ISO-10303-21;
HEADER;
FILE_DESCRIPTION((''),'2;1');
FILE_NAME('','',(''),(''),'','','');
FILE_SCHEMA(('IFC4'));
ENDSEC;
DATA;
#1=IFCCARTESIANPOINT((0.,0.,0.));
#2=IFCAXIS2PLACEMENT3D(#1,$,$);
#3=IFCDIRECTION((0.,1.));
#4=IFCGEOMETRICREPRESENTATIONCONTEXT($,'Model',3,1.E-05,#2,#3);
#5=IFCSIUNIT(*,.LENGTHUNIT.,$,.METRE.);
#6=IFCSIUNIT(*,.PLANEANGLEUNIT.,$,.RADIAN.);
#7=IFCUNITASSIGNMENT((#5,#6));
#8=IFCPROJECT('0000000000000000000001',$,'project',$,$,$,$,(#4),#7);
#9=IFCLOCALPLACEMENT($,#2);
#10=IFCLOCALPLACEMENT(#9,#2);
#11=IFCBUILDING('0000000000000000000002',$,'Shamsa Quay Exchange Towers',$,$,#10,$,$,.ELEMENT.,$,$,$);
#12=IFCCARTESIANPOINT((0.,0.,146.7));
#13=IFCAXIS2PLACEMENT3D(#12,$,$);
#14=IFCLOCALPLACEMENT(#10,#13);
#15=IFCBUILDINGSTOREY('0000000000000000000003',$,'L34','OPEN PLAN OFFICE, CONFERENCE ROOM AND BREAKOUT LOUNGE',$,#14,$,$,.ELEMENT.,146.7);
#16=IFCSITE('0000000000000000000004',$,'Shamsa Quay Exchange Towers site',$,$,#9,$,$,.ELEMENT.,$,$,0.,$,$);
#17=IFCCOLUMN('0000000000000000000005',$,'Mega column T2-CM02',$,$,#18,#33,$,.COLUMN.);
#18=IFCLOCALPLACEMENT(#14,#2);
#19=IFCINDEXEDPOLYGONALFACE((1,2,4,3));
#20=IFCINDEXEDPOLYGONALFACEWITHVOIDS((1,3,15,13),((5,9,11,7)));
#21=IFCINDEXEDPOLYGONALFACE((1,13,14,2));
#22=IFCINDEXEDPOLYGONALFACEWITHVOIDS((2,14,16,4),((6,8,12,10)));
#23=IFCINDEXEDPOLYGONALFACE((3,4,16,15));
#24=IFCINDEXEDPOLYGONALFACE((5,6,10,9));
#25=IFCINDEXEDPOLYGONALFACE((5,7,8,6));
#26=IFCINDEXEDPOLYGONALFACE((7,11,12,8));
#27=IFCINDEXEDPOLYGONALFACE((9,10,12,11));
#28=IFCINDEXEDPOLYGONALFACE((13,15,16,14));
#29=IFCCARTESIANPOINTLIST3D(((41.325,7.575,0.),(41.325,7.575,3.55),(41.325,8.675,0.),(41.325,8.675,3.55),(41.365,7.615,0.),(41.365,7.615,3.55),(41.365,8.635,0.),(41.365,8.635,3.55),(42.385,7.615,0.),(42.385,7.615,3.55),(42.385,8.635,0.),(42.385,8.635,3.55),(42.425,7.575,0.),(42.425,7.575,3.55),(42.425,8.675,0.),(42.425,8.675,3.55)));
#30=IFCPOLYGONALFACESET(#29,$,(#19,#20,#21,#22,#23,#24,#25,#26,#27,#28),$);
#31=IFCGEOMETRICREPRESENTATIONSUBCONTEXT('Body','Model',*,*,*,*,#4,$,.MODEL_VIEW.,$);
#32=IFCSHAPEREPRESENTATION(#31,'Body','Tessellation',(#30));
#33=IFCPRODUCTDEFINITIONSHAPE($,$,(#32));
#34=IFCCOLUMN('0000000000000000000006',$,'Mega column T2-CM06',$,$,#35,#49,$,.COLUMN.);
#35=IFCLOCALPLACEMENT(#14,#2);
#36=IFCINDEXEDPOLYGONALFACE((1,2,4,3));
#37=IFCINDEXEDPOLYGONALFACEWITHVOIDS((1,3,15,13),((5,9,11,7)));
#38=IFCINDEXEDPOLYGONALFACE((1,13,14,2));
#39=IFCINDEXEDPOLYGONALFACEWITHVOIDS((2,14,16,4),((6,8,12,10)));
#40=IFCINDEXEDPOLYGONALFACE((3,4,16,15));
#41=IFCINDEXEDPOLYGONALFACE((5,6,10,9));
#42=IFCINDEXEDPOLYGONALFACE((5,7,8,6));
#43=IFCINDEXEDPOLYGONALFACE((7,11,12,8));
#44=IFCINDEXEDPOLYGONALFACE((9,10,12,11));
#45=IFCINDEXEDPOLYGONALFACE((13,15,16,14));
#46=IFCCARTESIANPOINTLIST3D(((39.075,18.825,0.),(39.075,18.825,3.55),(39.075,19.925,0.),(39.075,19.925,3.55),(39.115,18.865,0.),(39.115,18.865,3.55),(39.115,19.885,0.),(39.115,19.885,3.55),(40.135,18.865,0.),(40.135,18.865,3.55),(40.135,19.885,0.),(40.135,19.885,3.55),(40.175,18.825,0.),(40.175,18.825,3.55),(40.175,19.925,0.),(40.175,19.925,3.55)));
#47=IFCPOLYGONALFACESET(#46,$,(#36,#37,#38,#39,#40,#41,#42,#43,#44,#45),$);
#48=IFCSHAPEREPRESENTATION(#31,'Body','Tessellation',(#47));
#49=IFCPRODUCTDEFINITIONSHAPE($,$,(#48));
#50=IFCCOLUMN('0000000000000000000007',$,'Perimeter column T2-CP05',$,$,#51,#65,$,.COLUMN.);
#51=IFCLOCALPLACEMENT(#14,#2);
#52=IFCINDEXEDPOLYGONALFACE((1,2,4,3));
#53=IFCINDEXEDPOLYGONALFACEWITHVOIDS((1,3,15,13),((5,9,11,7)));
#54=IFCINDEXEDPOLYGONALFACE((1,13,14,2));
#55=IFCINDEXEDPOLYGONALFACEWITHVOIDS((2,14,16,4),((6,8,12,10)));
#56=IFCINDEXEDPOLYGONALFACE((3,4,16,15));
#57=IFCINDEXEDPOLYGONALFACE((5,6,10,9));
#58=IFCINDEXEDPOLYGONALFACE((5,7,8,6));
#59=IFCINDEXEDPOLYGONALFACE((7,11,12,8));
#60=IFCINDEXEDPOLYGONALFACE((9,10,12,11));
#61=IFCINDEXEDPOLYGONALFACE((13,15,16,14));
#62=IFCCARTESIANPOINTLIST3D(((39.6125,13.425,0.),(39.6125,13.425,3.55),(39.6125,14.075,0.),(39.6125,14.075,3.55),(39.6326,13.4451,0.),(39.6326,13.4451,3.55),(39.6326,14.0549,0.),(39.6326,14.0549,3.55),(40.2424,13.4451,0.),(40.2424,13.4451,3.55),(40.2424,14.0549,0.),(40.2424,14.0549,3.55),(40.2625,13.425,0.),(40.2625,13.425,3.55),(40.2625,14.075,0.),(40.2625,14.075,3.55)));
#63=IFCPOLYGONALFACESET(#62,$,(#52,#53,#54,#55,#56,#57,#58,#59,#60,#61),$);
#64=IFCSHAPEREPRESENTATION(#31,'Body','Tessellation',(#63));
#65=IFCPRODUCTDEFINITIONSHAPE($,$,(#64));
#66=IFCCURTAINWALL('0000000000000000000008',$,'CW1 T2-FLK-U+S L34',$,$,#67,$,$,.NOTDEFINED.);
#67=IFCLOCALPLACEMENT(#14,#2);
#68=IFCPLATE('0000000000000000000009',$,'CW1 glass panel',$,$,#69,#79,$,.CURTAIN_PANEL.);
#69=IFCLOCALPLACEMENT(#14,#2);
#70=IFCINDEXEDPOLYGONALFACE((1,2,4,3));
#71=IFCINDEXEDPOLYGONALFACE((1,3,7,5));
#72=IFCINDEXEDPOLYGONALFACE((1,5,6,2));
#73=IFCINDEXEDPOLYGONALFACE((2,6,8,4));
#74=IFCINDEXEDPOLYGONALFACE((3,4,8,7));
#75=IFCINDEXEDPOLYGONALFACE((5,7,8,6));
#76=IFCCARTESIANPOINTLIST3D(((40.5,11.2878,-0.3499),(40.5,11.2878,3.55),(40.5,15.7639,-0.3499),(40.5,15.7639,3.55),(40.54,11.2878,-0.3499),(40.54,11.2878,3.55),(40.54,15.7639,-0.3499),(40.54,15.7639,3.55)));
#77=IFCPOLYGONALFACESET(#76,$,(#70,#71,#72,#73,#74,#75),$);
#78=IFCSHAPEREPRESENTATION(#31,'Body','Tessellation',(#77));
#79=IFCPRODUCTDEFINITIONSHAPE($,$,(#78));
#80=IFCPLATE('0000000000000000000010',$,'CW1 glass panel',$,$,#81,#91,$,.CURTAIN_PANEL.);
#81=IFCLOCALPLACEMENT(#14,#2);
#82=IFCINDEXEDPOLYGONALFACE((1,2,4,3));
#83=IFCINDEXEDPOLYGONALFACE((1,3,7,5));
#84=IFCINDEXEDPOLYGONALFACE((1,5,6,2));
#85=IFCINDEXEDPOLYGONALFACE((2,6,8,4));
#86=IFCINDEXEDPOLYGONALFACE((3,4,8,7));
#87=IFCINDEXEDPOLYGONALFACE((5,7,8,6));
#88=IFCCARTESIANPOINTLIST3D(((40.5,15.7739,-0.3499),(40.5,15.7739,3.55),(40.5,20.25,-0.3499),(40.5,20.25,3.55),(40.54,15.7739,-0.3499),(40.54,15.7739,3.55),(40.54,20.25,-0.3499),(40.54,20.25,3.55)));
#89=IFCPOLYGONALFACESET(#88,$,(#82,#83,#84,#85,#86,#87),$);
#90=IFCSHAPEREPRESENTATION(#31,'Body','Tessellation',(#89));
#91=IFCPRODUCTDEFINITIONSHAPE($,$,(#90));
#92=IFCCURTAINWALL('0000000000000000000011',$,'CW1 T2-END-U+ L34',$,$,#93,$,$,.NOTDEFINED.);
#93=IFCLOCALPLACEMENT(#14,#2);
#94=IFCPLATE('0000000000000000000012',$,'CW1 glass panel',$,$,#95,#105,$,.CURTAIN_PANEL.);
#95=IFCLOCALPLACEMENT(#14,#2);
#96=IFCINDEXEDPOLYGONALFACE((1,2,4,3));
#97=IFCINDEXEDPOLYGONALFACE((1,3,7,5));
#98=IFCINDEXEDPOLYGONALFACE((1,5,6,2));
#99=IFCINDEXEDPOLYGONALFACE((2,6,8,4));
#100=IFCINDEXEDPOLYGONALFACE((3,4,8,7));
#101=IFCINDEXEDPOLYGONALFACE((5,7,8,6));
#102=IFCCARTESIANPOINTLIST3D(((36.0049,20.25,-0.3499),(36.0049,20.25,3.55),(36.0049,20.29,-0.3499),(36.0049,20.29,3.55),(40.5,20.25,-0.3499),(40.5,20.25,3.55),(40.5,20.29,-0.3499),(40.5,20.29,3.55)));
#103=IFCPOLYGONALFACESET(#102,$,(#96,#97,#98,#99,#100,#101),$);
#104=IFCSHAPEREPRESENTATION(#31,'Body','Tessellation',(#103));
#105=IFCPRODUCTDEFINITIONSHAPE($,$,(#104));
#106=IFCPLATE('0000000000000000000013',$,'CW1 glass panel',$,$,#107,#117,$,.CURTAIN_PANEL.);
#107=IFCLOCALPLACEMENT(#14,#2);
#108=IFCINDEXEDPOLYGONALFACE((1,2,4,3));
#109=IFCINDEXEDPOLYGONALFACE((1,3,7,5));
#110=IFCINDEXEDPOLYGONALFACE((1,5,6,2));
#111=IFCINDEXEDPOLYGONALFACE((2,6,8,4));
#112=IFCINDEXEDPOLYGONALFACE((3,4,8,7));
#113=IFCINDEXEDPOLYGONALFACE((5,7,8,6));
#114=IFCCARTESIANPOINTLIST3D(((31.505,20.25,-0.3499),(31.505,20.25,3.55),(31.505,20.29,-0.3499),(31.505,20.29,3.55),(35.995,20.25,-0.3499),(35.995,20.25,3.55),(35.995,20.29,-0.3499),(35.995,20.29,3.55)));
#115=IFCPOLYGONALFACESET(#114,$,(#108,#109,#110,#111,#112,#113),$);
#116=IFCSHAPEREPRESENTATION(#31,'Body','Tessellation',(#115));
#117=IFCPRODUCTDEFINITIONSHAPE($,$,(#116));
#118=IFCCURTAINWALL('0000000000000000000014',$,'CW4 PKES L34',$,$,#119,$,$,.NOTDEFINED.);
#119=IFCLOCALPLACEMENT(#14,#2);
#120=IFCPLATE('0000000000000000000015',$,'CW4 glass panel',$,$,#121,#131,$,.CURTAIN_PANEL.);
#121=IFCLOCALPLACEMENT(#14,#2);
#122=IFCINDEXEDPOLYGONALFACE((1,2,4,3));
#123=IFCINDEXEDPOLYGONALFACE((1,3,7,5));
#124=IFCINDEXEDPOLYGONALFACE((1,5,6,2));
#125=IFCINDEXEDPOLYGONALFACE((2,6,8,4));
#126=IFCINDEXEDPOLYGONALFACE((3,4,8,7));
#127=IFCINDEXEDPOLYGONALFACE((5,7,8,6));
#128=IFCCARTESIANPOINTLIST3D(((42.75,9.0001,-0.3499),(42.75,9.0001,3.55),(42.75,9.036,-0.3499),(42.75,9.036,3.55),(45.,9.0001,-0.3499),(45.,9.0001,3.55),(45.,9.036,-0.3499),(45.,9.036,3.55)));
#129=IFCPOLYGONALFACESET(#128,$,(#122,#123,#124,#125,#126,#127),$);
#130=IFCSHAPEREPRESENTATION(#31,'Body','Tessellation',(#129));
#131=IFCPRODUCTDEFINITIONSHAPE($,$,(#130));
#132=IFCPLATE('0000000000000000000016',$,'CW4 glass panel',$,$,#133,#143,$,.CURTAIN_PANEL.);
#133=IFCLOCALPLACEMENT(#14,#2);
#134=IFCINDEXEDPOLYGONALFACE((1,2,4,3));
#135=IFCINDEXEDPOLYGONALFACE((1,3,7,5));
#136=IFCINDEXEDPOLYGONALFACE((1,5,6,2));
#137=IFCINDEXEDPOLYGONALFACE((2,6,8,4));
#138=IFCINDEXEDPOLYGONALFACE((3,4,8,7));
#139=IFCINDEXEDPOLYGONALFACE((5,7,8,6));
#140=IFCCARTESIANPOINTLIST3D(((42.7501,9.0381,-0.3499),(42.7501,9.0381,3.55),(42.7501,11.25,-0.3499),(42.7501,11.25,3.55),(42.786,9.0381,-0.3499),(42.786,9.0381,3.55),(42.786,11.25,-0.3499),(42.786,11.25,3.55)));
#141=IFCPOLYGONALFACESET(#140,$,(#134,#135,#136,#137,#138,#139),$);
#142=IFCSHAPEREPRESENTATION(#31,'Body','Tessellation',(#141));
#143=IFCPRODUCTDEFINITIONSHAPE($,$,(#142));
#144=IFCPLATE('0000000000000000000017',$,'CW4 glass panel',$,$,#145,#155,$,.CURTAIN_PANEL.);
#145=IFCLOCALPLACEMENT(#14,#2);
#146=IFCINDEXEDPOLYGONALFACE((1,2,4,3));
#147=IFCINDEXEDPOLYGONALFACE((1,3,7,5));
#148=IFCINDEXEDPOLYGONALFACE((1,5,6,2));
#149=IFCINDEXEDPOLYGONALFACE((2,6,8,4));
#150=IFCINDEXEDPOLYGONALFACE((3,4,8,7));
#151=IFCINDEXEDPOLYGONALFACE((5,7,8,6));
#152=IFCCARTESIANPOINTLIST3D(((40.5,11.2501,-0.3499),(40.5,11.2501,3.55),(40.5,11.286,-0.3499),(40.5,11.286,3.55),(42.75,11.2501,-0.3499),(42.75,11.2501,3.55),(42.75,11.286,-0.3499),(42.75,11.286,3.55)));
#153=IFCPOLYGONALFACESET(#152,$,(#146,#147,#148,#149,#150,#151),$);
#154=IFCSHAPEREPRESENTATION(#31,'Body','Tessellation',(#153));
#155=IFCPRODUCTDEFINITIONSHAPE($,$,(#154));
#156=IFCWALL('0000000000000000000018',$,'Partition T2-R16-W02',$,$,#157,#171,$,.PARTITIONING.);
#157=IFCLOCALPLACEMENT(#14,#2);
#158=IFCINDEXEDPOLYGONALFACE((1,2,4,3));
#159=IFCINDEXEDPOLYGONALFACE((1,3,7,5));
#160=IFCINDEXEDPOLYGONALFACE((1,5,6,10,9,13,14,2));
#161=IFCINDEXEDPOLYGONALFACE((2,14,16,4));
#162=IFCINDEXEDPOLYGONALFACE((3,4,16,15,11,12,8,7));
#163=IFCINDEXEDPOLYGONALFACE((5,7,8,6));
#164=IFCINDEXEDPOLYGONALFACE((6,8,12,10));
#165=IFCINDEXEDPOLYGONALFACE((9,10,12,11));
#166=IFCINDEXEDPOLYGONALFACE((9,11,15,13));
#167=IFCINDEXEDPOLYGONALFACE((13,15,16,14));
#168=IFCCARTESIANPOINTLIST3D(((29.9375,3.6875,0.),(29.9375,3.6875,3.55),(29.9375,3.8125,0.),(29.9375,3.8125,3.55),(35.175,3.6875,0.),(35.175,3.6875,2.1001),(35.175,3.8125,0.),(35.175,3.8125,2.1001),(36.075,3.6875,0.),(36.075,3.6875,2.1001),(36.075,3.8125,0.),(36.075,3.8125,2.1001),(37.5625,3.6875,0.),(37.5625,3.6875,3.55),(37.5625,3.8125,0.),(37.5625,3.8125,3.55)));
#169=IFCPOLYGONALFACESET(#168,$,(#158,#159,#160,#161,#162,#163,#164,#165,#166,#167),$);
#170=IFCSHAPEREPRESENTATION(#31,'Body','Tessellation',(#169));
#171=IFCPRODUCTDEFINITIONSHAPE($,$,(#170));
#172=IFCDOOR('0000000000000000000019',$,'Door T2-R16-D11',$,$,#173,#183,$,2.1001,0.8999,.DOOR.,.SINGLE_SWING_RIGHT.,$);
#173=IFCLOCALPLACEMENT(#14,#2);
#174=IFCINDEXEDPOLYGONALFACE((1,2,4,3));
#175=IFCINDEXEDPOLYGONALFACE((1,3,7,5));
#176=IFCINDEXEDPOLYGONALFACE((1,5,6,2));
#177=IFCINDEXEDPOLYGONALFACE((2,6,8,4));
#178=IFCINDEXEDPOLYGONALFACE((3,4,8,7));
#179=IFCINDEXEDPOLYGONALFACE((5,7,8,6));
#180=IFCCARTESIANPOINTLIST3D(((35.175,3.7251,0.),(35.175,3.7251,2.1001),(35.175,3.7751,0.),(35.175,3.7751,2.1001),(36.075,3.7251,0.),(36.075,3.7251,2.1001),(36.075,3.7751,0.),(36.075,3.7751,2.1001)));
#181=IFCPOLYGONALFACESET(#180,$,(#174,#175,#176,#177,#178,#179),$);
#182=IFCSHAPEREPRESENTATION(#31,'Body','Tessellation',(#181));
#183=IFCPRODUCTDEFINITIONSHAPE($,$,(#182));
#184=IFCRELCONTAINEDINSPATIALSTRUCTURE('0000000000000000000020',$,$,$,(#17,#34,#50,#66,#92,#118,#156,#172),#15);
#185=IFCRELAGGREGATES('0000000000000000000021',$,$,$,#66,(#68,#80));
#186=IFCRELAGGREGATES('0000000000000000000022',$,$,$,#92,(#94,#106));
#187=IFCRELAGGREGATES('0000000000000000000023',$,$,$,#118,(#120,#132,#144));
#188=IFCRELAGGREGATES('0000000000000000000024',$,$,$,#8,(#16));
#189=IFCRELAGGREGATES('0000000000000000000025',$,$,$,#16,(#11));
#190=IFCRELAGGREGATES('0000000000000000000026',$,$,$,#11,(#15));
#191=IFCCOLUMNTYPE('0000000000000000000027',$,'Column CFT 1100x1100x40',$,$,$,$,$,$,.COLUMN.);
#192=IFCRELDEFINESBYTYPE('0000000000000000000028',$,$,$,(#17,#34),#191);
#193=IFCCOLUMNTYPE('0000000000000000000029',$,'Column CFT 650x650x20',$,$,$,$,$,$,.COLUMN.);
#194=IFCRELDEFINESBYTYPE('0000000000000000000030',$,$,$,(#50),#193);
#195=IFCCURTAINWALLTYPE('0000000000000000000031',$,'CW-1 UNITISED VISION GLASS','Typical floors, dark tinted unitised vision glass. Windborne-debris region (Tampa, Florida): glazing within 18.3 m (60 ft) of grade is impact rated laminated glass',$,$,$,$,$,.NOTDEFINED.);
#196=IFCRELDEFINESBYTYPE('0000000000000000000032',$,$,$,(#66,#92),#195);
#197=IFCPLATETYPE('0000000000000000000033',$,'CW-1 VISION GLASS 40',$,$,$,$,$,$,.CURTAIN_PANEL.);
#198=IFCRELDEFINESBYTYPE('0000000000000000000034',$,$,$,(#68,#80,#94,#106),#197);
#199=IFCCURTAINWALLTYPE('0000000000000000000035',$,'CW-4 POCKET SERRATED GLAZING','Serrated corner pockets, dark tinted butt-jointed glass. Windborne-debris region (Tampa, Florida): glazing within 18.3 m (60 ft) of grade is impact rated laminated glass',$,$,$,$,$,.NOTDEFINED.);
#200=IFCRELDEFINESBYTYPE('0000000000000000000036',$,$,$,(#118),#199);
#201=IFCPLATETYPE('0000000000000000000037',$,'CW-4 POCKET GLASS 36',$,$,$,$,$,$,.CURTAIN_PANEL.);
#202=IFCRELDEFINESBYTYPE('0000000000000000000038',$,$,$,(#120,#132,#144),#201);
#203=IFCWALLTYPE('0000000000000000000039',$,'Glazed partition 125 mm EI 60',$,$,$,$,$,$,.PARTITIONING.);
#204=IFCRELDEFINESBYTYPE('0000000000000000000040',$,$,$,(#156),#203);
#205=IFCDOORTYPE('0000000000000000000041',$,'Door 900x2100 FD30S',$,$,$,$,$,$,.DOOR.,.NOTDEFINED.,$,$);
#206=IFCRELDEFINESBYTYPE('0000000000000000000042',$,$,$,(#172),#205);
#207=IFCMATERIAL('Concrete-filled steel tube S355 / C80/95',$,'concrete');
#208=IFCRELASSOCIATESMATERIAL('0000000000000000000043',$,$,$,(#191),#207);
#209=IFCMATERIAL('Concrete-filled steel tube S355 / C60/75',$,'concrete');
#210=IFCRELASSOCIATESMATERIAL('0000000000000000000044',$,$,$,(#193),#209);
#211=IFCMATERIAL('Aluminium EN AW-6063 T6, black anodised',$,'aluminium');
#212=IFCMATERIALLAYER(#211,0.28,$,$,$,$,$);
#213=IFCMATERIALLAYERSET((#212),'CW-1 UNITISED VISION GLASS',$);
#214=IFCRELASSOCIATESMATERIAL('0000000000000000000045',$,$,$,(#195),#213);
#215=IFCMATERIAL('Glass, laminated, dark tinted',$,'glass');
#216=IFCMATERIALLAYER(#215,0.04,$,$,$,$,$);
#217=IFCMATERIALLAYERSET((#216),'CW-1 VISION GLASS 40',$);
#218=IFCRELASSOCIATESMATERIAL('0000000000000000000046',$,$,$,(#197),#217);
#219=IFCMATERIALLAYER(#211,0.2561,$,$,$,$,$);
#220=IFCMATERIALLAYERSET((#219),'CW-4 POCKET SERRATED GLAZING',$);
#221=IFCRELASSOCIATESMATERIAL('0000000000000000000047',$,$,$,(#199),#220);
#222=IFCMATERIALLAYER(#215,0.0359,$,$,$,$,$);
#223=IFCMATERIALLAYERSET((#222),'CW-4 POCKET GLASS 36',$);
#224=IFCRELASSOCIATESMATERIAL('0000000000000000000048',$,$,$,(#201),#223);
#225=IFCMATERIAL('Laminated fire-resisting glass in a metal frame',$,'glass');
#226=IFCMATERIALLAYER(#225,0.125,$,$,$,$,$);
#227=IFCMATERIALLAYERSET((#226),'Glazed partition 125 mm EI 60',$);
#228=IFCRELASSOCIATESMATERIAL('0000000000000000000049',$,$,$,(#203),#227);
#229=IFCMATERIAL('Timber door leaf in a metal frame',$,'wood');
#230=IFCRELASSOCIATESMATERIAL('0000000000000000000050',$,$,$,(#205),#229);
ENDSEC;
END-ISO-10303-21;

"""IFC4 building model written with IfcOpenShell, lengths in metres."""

from ifc_helpers import new_model, si_unit, direction, frame, frame_2d, origin, origin_2d, place, context, subcontext, project, spatial, rectangle, hollow_rectangle, extrude, material, layer, layer_set, material_profile, profile_set, type_object, element, fill, aggregate, save


model = new_model("IFC4")

# Units and contexts
model_context = context("Model", 3, precision=1e-05, world=origin(), true_north=direction((0.0, 1.0)))
body_context = subcontext(model_context, "Body", "Model", "MODEL_VIEW")
ifc_project = project(units=[si_unit("LENGTHUNIT", "METRE"), si_unit("PLANEANGLEUNIT", "RADIAN")], contexts=[model_context])

# Site, building, storey
site_placement = place(None, origin())
site = spatial("IfcSite", under=ifc_project, at=site_placement, Name="Shamsa Quay Exchange Towers site", CompositionType="ELEMENT", RefElevation=0.0)
building_placement = place(site_placement, origin())
building = spatial("IfcBuilding", under=site, at=building_placement, Name="Shamsa Quay Exchange Towers", CompositionType="ELEMENT")
storey_placement = place(building_placement, frame((0.0, 0.0, 146.7)))
storey = spatial("IfcBuildingStorey", under=building, at=storey_placement, Name="L34", Description="OPEN PLAN OFFICE, CONFERENCE ROOM AND BREAKOUT LOUNGE", CompositionType="ELEMENT", Elevation=146.7)

# Columns
ifc_material_1 = material(Name="Concrete-filled steel tube S355 / C80/95", Category="concrete")
ifc_material_profile_1 = material_profile(ifc_material_1, hollow_rectangle(XDim=1.1001, YDim=1.1001, WallThickness=0.04, at=origin_2d()), Name="CFT 1100x1100x40")
ifc_profile_set_1 = profile_set([ifc_material_profile_1], Name="Concrete-filled steel tube S355 / C80/95")
column_type_1 = type_object("IfcColumnType", Name="Column CFT 1100x1100x40", PredefinedType="COLUMN", material=ifc_profile_set_1)
for number, where, name in (
    (1, (41.875, 8.125, 0.0), "Mega column T2-CM02"),
    (2, (39.625, 19.375, 0.0), "Mega column T2-CM06"),
):
    element("IfcColumn", number, at=place(storey_placement, frame(where)), inside=storey, type_object=column_type_1, Name=name, PredefinedType="COLUMN", context=body_context, shape_type="SweptSolid", body=[
        extrude(hollow_rectangle(XDim=1.1001, YDim=1.1001, WallThickness=0.04, at=origin_2d()), origin(), (0.0, 0.0, 1.0), 3.55),
    ])
ifc_material_2 = material(Name="Concrete-filled steel tube S355 / C60/75", Category="concrete")
ifc_material_profile_2 = material_profile(ifc_material_2, hollow_rectangle(XDim=0.6499, YDim=0.6499, WallThickness=0.02, at=origin_2d()), Name="CFT 650x650x20")
ifc_profile_set_2 = profile_set([ifc_material_profile_2], Name="Concrete-filled steel tube S355 / C60/75")
column_type_2 = type_object("IfcColumnType", Name="Column CFT 650x650x20", PredefinedType="COLUMN", material=ifc_profile_set_2)
column_placement = place(storey_placement, frame((39.9375, 13.75, 0.0)))
element("IfcColumn", 3, at=column_placement, inside=storey, type_object=column_type_2, Name="Perimeter column T2-CP05", PredefinedType="COLUMN", context=body_context, shape_type="SweptSolid", body=[
    extrude(hollow_rectangle(XDim=0.6499, YDim=0.6499, WallThickness=0.02, at=origin_2d()), origin(), (0.0, 0.0, 1.0), 3.55),
])

# Curtain walls, plates
ifc_material_3 = material(Name="Aluminium EN AW-6063 T6, black anodised", Category="aluminium")
ifc_layer_1 = layer(ifc_material_3, 0.28)
ifc_layer_set_1 = layer_set([ifc_layer_1], Name="CW-1 UNITISED VISION GLASS")
curtain_wall_type_1 = type_object("IfcCurtainWallType", Name="CW-1 UNITISED VISION GLASS", Description="Typical floors, dark tinted unitised vision glass. Windborne-debris region (Tampa, Florida): glazing within 18.3 m (60 ft) of grade is impact rated laminated glass", PredefinedType="NOTDEFINED", material=ifc_layer_set_1)
curtain_wall_1_placement = place(storey_placement, origin())
curtain_wall_1 = element("IfcCurtainWall", 4, at=curtain_wall_1_placement, inside=storey, type_object=curtain_wall_type_1, Name="CW1 T2-FLK-U+S L34", PredefinedType="NOTDEFINED")
ifc_material_4 = material(Name="Glass, laminated, dark tinted", Category="glass")
ifc_layer_2 = layer(ifc_material_4, 0.04)
ifc_layer_set_2 = layer_set([ifc_layer_2], Name="CW-1 VISION GLASS 40")
plate_type_1 = type_object("IfcPlateType", Name="CW-1 VISION GLASS 40", PredefinedType="CURTAIN_PANEL", material=ifc_layer_set_2)
plate_1_placement = place(storey_placement, frame((40.52, 13.5259, -0.3499), z_axis=(0.0, 0.0, 1.0), x_axis=(0.0, 1.0, 0.0)))
plate_1 = element("IfcPlate", 5, at=plate_1_placement, type_object=plate_type_1, Name="CW1 glass panel", PredefinedType="CURTAIN_PANEL", context=body_context, shape_type="SweptSolid", body=[
    extrude(rectangle(XDim=4.4761, YDim=0.04, at=origin_2d()), origin(), (0.0, 0.0, 1.0), 3.8999),
])
plate_2_placement = place(storey_placement, frame((40.52, 18.012, -0.3499), z_axis=(0.0, 0.0, 1.0), x_axis=(0.0, 1.0, 0.0)))
plate_2 = element("IfcPlate", 6, at=plate_2_placement, type_object=plate_type_1, Name="CW1 glass panel", PredefinedType="CURTAIN_PANEL", context=body_context, shape_type="SweptSolid", body=[
    extrude(rectangle(XDim=4.4761, YDim=0.04, at=origin_2d()), origin(), (0.0, 0.0, 1.0), 3.8999),
])
aggregate(curtain_wall_1, [plate_1, plate_2])
curtain_wall_2_placement = place(storey_placement, origin())
curtain_wall_2 = element("IfcCurtainWall", 7, at=curtain_wall_2_placement, inside=storey, type_object=curtain_wall_type_1, Name="CW1 T2-END-U+ L34", PredefinedType="NOTDEFINED")
plate_3_placement = place(storey_placement, frame((38.2524, 20.27, -0.3499), z_axis=(0.0, 0.0, 1.0), x_axis=(-1.0, 0.0, 0.0)))
plate_3 = element("IfcPlate", 8, at=plate_3_placement, type_object=plate_type_1, Name="CW1 glass panel", PredefinedType="CURTAIN_PANEL", context=body_context, shape_type="SweptSolid", body=[
    extrude(rectangle(XDim=4.4951, YDim=0.04, at=origin_2d()), origin(), (0.0, 0.0, 1.0), 3.8999),
])
plate_4_placement = place(storey_placement, frame((33.75, 20.27, -0.3499), z_axis=(0.0, 0.0, 1.0), x_axis=(-1.0, 0.0, 0.0)))
plate_4 = element("IfcPlate", 9, at=plate_4_placement, type_object=plate_type_1, Name="CW1 glass panel", PredefinedType="CURTAIN_PANEL", context=body_context, shape_type="SweptSolid", body=[
    extrude(rectangle(XDim=4.49, YDim=0.04, at=origin_2d()), origin(), (0.0, 0.0, 1.0), 3.8999),
])
aggregate(curtain_wall_2, [plate_3, plate_4])
ifc_layer_3 = layer(ifc_material_3, 0.2561)
ifc_layer_set_3 = layer_set([ifc_layer_3], Name="CW-4 POCKET SERRATED GLAZING")
curtain_wall_type_2 = type_object("IfcCurtainWallType", Name="CW-4 POCKET SERRATED GLAZING", Description="Serrated corner pockets, dark tinted butt-jointed glass. Windborne-debris region (Tampa, Florida): glazing within 18.3 m (60 ft) of grade is impact rated laminated glass", PredefinedType="NOTDEFINED", material=ifc_layer_set_3)
curtain_wall_3_placement = place(storey_placement, origin())
curtain_wall_3 = element("IfcCurtainWall", 10, at=curtain_wall_3_placement, inside=storey, type_object=curtain_wall_type_2, Name="CW4 PKES L34", PredefinedType="NOTDEFINED")
ifc_layer_4 = layer(ifc_material_4, 0.0359)
ifc_layer_set_4 = layer_set([ifc_layer_4], Name="CW-4 POCKET GLASS 36")
plate_type_2 = type_object("IfcPlateType", Name="CW-4 POCKET GLASS 36", PredefinedType="CURTAIN_PANEL", material=ifc_layer_set_4)
plate_5_placement = place(storey_placement, frame((43.875, 9.0181, -0.3499), z_axis=(0.0, 0.0, 1.0), x_axis=(-1.0, 0.0, 0.0)))
plate_5 = element("IfcPlate", 11, at=plate_5_placement, type_object=plate_type_2, Name="CW4 glass panel", PredefinedType="CURTAIN_PANEL", context=body_context, shape_type="SweptSolid", body=[
    extrude(rectangle(XDim=2.25, YDim=0.0359, at=origin_2d()), origin(), (0.0, 0.0, 1.0), 3.8999),
])
plate_6_placement = place(storey_placement, frame((42.7681, 10.144, -0.3499), z_axis=(0.0, 0.0, 1.0), x_axis=(0.0, 1.0, 0.0)))
plate_6 = element("IfcPlate", 12, at=plate_6_placement, type_object=plate_type_2, Name="CW4 glass panel", PredefinedType="CURTAIN_PANEL", context=body_context, shape_type="SweptSolid", body=[
    extrude(rectangle(XDim=2.2119, YDim=0.0359, at=origin_2d()), origin(), (0.0, 0.0, 1.0), 3.8999),
])
plate_7_placement = place(storey_placement, frame((41.625, 11.2681, -0.3499), z_axis=(0.0, 0.0, 1.0), x_axis=(-1.0, 0.0, 0.0)))
plate_7 = element("IfcPlate", 13, at=plate_7_placement, type_object=plate_type_2, Name="CW4 glass panel", PredefinedType="CURTAIN_PANEL", context=body_context, shape_type="SweptSolid", body=[
    extrude(rectangle(XDim=2.25, YDim=0.0359, at=origin_2d()), origin(), (0.0, 0.0, 1.0), 3.8999),
])
aggregate(curtain_wall_3, [plate_5, plate_6, plate_7])

# Wall, opening, door
ifc_material_5 = material(Name="Laminated fire-resisting glass in a metal frame", Category="glass")
ifc_layer_5 = layer(ifc_material_5, 0.125)
ifc_layer_set_5 = layer_set([ifc_layer_5], Name="Glazed partition 125 mm EI 60")
wall_type_1 = type_object("IfcWallType", Name="Glazed partition 125 mm EI 60", PredefinedType="PARTITIONING", material=ifc_layer_set_5)
wall_1_placement = place(storey_placement, frame((37.5625, 3.75, 0.0), z_axis=(0.0, 0.0, 1.0), x_axis=(-1.0, 0.0, 0.0)))
wall_1 = element("IfcWall", 14, at=wall_1_placement, inside=storey, type_object=wall_type_1, Name="Partition T2-R16-W02", PredefinedType="PARTITIONING", context=body_context, shape_type="SweptSolid", body=[
    extrude(rectangle(XDim=7.625, YDim=0.125, at=frame_2d((3.8125, 0.0))), origin(), (0.0, 0.0, 1.0), 3.55),
])
opening_1_placement = place(wall_1_placement, frame((1.4875, 0.0, 0.0)))
opening_1 = element("IfcOpeningElement", 15, at=opening_1_placement, cuts=wall_1, PredefinedType="OPENING", context=body_context, shape_type="SweptSolid", body=[
    extrude(rectangle(XDim=0.8999, YDim=2.1001, at=frame_2d((0.45, 1.05))), frame((0.0, 0.0725, 0.0), z_axis=(0.0, -1.0, 0.0), x_axis=(1.0, 0.0, 0.0)), (0.0, 0.0, 1.0), 0.145),
])
ifc_material_6 = material(Name="Timber door leaf in a metal frame", Category="wood")
door_type_1 = type_object("IfcDoorType", Name="Door 900x2100 FD30S", OperationType="NOTDEFINED", PredefinedType="DOOR", material=ifc_material_6)
door_1_placement = place(opening_1_placement, origin())
door_1 = element("IfcDoor", 16, at=door_1_placement, inside=storey, type_object=door_type_1, Name="Door T2-R16-D11", OperationType="SINGLE_SWING_RIGHT", OverallHeight=2.1001, OverallWidth=0.8999, PredefinedType="DOOR", context=body_context, shape_type="SweptSolid", body=[
    extrude(rectangle(XDim=0.8999, YDim=2.1001, at=frame_2d((0.45, 1.05))), frame((0.0, 0.0249, 0.0), z_axis=(0.0, -1.0, 0.0), x_axis=(1.0, 0.0, 0.0)), (0.0, 0.0, 1.0), 0.05),
])
fill(opening_1, door_1)

save(model, "model.ifc")
